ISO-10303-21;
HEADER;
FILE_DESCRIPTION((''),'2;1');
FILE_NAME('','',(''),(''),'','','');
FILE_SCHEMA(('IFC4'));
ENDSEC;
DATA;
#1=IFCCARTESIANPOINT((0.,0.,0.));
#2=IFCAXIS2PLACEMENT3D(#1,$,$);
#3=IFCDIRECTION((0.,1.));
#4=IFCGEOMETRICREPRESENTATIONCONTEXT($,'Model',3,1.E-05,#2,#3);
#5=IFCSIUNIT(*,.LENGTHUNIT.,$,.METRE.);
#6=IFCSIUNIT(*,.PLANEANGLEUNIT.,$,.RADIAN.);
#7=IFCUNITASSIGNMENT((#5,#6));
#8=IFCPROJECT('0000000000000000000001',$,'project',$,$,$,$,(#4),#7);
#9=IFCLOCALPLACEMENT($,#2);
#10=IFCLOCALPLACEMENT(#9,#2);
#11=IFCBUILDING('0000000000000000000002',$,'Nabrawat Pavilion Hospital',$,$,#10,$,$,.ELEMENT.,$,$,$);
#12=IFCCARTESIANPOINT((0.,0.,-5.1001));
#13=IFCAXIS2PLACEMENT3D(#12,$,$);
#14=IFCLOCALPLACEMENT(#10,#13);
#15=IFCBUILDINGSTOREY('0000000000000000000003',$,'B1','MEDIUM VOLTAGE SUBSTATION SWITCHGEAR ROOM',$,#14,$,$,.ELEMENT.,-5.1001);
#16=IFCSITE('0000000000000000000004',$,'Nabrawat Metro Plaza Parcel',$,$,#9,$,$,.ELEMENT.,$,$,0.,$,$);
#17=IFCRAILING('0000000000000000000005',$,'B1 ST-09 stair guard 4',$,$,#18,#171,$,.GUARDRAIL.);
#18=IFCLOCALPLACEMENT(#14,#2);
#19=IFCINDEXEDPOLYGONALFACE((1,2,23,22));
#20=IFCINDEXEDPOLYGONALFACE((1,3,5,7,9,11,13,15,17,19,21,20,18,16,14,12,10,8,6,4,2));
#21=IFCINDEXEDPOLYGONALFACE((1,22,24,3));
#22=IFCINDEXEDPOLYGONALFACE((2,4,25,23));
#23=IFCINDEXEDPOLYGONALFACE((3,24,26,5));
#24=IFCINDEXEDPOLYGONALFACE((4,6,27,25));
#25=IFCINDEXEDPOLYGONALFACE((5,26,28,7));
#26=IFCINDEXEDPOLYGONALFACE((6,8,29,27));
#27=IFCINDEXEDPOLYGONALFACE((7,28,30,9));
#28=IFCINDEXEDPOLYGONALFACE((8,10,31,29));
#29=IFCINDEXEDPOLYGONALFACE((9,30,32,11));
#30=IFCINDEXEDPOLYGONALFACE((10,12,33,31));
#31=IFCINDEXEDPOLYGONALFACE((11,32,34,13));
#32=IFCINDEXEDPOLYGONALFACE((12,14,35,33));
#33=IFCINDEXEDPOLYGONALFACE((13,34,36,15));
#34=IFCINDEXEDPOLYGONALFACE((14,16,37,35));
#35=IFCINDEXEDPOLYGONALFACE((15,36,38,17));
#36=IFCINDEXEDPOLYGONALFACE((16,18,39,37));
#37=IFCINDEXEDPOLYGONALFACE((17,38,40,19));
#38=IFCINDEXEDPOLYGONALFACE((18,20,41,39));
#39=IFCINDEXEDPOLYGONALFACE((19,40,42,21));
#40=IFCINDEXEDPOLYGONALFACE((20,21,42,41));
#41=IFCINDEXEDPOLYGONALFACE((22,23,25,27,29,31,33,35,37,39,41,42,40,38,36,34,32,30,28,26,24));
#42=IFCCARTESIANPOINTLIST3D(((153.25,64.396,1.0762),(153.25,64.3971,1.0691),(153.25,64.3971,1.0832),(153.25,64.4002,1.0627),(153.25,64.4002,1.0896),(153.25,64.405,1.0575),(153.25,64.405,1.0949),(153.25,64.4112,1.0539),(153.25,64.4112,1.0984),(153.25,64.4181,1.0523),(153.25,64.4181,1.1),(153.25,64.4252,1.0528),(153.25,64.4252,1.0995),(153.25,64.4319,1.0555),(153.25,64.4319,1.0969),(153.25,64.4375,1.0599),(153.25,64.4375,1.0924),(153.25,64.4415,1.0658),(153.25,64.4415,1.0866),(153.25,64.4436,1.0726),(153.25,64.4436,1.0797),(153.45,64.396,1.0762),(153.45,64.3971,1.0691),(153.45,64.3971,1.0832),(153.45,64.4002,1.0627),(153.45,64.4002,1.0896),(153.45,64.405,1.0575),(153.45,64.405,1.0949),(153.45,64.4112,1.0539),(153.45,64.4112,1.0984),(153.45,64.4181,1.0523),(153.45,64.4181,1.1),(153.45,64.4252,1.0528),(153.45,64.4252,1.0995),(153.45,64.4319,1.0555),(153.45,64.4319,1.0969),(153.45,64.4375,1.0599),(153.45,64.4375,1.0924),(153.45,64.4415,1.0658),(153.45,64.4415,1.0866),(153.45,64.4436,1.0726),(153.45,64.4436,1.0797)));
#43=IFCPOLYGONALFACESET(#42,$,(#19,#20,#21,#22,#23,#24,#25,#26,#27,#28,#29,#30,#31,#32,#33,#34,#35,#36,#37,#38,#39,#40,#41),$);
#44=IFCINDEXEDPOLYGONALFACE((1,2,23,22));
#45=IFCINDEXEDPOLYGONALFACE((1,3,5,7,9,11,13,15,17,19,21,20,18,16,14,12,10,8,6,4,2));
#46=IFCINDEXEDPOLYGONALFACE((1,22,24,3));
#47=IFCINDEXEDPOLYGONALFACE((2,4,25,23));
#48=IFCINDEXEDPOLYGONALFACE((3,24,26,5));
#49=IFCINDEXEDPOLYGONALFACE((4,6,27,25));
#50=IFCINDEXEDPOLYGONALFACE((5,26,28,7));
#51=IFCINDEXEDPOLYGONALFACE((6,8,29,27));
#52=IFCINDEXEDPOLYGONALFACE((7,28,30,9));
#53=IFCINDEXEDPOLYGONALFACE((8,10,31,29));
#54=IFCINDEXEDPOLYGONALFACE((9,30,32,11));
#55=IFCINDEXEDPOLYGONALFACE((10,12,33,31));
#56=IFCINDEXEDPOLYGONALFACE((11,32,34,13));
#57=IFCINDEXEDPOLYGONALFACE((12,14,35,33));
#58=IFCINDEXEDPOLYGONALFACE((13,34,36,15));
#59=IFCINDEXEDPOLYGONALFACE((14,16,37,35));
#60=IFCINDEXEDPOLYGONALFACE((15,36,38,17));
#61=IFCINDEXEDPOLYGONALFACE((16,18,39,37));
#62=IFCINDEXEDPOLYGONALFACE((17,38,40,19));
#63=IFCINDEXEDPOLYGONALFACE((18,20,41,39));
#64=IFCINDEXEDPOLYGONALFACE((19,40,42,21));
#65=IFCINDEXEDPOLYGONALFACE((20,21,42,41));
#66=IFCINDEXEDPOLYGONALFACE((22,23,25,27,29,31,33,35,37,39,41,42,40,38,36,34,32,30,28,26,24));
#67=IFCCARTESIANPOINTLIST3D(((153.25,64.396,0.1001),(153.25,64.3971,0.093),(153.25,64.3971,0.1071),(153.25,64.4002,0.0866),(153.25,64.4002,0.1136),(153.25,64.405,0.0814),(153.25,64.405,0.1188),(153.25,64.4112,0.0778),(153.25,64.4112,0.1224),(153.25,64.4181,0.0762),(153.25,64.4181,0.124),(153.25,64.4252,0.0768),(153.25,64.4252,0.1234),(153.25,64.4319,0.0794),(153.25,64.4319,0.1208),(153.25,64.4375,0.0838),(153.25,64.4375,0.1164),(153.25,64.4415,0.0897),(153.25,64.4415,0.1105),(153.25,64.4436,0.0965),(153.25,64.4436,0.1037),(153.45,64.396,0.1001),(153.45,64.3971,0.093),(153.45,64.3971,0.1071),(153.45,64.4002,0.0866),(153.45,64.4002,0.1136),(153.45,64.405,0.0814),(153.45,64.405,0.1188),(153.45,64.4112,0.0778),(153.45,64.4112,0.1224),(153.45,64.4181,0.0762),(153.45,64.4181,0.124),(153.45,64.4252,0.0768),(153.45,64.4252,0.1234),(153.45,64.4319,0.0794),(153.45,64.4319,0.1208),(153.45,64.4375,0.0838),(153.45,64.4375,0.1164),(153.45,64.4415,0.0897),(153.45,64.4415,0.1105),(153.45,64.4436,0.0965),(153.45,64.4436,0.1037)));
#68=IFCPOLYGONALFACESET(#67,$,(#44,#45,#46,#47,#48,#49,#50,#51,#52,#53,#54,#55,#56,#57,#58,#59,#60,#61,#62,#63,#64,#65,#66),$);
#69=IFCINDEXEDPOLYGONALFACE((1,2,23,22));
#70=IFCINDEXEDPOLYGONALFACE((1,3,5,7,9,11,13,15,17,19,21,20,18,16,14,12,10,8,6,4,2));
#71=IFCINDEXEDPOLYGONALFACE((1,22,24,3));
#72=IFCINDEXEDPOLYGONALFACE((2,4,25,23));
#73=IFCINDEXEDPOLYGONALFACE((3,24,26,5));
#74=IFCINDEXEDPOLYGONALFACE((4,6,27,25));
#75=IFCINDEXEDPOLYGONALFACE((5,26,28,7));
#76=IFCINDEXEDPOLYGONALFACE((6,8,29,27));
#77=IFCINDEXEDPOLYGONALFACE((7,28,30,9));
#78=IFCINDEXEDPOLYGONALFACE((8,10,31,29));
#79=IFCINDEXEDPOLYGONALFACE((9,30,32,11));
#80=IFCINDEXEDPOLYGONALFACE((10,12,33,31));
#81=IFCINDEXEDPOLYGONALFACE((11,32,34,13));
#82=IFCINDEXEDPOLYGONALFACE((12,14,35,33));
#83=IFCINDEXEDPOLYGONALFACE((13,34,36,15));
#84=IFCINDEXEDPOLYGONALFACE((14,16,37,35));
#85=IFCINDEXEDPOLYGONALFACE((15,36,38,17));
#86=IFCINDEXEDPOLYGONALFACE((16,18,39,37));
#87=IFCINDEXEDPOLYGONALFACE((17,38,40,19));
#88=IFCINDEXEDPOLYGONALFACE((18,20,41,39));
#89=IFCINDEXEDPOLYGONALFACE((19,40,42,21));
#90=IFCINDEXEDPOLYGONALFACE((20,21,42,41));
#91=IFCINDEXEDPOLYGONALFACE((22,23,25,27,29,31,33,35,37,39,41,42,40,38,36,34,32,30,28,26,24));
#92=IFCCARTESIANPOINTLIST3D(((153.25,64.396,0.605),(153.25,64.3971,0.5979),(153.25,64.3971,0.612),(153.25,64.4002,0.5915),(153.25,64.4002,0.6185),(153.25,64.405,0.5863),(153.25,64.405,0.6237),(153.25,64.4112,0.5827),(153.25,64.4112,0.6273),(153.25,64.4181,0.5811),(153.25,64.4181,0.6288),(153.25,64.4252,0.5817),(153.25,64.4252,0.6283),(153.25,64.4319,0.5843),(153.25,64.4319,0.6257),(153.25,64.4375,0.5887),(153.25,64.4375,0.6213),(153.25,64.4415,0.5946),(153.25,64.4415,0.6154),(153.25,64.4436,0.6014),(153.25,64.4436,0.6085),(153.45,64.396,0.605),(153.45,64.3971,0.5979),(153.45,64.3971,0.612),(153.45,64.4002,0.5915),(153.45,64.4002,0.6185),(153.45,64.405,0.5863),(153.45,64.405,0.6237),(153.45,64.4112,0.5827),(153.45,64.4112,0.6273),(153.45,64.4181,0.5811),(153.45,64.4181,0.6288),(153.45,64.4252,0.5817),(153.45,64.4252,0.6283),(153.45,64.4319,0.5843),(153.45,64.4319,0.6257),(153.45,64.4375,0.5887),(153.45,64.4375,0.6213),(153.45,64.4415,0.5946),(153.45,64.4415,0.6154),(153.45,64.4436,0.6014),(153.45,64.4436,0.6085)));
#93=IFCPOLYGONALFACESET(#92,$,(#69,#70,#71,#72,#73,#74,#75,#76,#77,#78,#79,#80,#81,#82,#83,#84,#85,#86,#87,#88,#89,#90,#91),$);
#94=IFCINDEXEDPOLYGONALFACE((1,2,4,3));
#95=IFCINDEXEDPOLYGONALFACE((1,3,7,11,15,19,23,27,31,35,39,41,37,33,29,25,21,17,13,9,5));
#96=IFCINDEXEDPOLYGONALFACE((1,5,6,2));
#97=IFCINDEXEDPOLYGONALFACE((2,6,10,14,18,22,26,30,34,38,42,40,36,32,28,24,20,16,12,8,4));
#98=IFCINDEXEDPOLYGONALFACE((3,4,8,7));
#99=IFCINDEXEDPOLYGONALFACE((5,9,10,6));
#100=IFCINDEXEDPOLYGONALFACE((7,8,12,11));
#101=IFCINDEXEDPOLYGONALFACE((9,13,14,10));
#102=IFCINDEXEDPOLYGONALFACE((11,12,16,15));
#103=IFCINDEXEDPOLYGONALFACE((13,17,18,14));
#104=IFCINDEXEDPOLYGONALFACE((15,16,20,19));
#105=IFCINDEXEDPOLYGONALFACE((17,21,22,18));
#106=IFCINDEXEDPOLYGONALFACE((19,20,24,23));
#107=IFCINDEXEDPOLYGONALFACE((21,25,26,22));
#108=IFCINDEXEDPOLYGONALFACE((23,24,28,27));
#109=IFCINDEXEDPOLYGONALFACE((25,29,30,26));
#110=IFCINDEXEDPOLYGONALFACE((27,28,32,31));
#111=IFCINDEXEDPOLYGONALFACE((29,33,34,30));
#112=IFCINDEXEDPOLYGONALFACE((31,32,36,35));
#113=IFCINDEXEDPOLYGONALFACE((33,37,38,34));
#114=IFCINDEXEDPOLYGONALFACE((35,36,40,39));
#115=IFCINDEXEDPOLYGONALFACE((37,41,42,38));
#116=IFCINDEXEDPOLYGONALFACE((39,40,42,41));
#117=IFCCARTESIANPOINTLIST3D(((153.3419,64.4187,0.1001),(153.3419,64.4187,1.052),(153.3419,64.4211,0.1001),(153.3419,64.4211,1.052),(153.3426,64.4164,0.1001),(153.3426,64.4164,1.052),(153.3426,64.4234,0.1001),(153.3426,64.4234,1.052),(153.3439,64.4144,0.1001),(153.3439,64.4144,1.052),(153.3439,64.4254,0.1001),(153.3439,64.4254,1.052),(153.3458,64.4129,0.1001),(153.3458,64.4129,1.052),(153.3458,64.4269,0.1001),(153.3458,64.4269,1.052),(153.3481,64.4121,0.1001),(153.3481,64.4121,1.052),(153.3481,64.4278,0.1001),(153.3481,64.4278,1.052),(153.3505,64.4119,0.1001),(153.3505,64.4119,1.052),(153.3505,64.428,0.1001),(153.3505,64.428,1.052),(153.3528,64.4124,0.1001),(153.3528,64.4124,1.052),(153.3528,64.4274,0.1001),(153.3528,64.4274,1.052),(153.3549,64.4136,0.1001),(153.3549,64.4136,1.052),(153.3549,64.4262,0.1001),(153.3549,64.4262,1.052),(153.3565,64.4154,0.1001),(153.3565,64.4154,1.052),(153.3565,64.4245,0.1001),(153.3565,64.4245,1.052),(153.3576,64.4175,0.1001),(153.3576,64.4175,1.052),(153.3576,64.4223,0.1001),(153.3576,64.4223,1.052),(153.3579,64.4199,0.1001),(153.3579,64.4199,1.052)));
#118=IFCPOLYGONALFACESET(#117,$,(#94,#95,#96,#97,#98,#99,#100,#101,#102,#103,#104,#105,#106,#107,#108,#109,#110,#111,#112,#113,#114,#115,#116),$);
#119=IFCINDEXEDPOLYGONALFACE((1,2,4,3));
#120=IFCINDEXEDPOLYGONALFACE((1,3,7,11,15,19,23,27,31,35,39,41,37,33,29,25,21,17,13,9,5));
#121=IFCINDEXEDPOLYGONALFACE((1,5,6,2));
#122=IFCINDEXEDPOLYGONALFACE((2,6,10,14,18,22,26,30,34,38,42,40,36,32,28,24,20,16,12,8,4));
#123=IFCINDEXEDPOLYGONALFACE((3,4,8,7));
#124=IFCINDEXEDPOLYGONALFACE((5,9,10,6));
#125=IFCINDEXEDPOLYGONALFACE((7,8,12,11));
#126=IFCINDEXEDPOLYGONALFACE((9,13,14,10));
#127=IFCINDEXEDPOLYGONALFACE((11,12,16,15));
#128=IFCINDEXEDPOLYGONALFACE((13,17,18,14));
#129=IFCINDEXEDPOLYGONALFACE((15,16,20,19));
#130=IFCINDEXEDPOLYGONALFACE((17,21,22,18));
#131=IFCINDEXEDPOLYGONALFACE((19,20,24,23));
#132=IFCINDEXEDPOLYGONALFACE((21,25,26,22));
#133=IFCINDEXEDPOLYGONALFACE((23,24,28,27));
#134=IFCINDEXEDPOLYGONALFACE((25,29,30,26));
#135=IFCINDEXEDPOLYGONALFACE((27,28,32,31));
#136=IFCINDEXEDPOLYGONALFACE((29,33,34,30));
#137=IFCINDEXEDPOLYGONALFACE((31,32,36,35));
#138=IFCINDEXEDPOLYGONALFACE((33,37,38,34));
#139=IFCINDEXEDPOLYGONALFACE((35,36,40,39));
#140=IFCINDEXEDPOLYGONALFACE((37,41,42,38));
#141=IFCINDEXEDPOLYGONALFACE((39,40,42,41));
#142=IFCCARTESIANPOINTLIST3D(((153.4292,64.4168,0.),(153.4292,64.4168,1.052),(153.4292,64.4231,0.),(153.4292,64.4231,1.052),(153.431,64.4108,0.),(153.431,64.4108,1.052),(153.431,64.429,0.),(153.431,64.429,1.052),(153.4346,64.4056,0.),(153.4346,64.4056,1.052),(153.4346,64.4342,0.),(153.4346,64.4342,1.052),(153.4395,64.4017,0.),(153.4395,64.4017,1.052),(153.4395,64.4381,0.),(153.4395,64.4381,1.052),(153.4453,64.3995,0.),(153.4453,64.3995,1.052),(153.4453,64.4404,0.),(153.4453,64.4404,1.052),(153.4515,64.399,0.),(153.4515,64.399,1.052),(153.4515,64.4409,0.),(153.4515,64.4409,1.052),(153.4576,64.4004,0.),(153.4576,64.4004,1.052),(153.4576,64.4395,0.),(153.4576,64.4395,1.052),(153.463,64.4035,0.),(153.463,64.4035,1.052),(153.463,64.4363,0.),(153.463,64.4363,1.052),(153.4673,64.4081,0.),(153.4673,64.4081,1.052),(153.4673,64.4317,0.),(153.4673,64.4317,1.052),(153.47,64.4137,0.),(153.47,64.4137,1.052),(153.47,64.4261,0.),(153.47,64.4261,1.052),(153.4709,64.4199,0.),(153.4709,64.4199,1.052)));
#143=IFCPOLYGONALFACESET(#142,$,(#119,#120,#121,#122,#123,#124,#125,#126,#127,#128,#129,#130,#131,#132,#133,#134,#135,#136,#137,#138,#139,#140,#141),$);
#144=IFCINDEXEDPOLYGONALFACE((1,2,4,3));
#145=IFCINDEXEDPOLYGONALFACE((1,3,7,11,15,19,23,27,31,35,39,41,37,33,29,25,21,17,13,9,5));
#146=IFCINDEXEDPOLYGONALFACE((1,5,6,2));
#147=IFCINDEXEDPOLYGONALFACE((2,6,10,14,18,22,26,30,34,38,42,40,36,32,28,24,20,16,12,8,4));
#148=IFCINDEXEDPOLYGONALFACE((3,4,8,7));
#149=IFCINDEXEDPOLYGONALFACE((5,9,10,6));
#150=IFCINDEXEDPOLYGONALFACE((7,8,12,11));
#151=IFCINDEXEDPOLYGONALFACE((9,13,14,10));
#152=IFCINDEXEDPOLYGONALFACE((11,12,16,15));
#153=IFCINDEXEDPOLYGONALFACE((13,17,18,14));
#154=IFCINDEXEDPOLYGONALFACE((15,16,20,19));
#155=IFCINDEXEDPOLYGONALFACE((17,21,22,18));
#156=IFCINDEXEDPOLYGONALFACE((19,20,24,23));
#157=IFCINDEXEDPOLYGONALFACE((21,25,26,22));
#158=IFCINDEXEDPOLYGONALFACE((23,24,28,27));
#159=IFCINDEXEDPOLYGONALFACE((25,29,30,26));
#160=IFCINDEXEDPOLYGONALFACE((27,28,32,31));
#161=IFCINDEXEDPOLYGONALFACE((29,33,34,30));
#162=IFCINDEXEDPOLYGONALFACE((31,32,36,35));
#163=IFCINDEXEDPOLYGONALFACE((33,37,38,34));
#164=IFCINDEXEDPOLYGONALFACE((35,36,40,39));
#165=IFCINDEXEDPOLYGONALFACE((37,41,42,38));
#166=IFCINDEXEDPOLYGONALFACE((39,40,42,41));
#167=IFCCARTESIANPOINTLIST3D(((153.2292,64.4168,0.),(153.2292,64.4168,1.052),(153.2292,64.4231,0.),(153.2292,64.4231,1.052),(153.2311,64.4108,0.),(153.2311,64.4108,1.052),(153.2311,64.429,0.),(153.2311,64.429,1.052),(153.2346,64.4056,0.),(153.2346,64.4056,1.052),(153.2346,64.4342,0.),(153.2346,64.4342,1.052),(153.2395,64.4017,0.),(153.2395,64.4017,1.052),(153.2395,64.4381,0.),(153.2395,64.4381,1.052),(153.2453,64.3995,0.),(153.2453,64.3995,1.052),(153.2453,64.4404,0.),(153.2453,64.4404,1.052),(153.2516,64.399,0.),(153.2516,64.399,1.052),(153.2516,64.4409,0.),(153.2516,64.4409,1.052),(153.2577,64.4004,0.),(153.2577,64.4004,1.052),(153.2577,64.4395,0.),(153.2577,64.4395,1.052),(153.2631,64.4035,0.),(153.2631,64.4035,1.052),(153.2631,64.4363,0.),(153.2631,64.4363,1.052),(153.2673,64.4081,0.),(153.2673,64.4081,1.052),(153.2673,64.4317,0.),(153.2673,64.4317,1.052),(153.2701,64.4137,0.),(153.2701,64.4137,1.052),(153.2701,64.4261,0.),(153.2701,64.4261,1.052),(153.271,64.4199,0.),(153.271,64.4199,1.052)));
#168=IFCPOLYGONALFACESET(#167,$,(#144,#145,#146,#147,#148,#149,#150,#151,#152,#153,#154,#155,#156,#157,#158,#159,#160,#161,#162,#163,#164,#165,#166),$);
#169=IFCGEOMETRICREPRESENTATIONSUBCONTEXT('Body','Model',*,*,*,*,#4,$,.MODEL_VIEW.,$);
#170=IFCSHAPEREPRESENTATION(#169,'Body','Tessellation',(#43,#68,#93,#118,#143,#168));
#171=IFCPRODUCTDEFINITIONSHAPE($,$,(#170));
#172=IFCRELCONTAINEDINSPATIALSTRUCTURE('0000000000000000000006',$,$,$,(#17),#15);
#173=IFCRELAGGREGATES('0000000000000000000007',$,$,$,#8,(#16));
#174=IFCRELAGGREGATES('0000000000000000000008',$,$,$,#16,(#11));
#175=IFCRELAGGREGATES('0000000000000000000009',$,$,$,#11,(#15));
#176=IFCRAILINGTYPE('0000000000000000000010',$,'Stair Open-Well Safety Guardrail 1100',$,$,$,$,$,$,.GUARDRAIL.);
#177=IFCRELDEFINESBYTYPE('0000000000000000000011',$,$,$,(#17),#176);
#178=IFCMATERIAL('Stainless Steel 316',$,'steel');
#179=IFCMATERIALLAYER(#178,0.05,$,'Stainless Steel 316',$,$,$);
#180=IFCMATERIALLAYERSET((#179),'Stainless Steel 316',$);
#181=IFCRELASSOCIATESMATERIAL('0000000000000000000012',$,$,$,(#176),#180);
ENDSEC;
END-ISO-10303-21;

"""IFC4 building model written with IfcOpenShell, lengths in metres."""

from ifc_helpers import new_model, si_unit, direction, frame, origin, origin_2d, place, context, subcontext, project, spatial, circle, extrude, material, layer, layer_set, type_object, element, save


model = new_model("IFC4")

# Units and contexts
model_context = context("Model", 3, precision=1e-05, world=origin(), true_north=direction((0.0, 1.0)))
body_context = subcontext(model_context, "Body", "Model", "MODEL_VIEW")
ifc_project = project(units=[si_unit("LENGTHUNIT", "METRE"), si_unit("PLANEANGLEUNIT", "RADIAN")], contexts=[model_context])

# Site, building, storey
site_placement = place(None, origin())
site = spatial("IfcSite", under=ifc_project, at=site_placement, Name="Nabrawat Metro Plaza Parcel", CompositionType="ELEMENT", RefElevation=0.0)
building_placement = place(site_placement, origin())
building = spatial("IfcBuilding", under=site, at=building_placement, Name="Nabrawat Pavilion Hospital", CompositionType="ELEMENT")
storey_placement = place(building_placement, frame((0.0, 0.0, -5.1001)))
storey = spatial("IfcBuildingStorey", under=building, at=storey_placement, Name="B1", Description="MEDIUM VOLTAGE SUBSTATION SWITCHGEAR ROOM", CompositionType="ELEMENT", Elevation=-5.1001)

# Railing
ifc_material_1 = material(Name="Stainless Steel 316", Category="steel")
ifc_layer_1 = layer(ifc_material_1, 0.05, Name="Stainless Steel 316")
ifc_layer_set_1 = layer_set([ifc_layer_1], Name="Stainless Steel 316")
railing_type_1 = type_object("IfcRailingType", Name="Stair Open-Well Safety Guardrail 1100", PredefinedType="GUARDRAIL", material=ifc_layer_set_1)
railing_1_placement = place(storey_placement, frame((153.45, 64.4199, 0.0)))
element("IfcRailing", 1, at=railing_1_placement, inside=storey, type_object=railing_type_1, Name="B1 ST-09 stair guard 4", PredefinedType="GUARDRAIL", context=body_context, shape_type="SweptSolid", body=[
    extrude(circle(Radius=0.0239, at=origin_2d()), frame((0.0, 0.0, 1.0762), z_axis=(-1.0, 0.0, 0.0), x_axis=(0.0, -1.0, 0.0)), (0.0, 0.0, 1.0), 0.2),
    extrude(circle(Radius=0.0239, at=origin_2d()), frame((0.0, 0.0, 0.1001), z_axis=(-1.0, 0.0, 0.0), x_axis=(0.0, -1.0, 0.0)), (0.0, 0.0, 1.0), 0.2),
    extrude(circle(Radius=0.0239, at=origin_2d()), frame((0.0, 0.0, 0.605), z_axis=(-1.0, 0.0, 0.0), x_axis=(0.0, -1.0, 0.0)), (0.0, 0.0, 1.0), 0.2),
    extrude(circle(Radius=0.0081, at=origin_2d()), frame((-0.1001, 0.0, 0.1001)), (0.0, 0.0, 1.0), 0.9519),
    extrude(circle(Radius=0.021, at=origin_2d()), origin(), (0.0, 0.0, 1.0), 1.052),
    extrude(circle(Radius=0.021, at=origin_2d()), frame((-0.2, 0.0, 0.0)), (0.0, 0.0, 1.0), 1.052),
])

save(model, "model.ifc")
